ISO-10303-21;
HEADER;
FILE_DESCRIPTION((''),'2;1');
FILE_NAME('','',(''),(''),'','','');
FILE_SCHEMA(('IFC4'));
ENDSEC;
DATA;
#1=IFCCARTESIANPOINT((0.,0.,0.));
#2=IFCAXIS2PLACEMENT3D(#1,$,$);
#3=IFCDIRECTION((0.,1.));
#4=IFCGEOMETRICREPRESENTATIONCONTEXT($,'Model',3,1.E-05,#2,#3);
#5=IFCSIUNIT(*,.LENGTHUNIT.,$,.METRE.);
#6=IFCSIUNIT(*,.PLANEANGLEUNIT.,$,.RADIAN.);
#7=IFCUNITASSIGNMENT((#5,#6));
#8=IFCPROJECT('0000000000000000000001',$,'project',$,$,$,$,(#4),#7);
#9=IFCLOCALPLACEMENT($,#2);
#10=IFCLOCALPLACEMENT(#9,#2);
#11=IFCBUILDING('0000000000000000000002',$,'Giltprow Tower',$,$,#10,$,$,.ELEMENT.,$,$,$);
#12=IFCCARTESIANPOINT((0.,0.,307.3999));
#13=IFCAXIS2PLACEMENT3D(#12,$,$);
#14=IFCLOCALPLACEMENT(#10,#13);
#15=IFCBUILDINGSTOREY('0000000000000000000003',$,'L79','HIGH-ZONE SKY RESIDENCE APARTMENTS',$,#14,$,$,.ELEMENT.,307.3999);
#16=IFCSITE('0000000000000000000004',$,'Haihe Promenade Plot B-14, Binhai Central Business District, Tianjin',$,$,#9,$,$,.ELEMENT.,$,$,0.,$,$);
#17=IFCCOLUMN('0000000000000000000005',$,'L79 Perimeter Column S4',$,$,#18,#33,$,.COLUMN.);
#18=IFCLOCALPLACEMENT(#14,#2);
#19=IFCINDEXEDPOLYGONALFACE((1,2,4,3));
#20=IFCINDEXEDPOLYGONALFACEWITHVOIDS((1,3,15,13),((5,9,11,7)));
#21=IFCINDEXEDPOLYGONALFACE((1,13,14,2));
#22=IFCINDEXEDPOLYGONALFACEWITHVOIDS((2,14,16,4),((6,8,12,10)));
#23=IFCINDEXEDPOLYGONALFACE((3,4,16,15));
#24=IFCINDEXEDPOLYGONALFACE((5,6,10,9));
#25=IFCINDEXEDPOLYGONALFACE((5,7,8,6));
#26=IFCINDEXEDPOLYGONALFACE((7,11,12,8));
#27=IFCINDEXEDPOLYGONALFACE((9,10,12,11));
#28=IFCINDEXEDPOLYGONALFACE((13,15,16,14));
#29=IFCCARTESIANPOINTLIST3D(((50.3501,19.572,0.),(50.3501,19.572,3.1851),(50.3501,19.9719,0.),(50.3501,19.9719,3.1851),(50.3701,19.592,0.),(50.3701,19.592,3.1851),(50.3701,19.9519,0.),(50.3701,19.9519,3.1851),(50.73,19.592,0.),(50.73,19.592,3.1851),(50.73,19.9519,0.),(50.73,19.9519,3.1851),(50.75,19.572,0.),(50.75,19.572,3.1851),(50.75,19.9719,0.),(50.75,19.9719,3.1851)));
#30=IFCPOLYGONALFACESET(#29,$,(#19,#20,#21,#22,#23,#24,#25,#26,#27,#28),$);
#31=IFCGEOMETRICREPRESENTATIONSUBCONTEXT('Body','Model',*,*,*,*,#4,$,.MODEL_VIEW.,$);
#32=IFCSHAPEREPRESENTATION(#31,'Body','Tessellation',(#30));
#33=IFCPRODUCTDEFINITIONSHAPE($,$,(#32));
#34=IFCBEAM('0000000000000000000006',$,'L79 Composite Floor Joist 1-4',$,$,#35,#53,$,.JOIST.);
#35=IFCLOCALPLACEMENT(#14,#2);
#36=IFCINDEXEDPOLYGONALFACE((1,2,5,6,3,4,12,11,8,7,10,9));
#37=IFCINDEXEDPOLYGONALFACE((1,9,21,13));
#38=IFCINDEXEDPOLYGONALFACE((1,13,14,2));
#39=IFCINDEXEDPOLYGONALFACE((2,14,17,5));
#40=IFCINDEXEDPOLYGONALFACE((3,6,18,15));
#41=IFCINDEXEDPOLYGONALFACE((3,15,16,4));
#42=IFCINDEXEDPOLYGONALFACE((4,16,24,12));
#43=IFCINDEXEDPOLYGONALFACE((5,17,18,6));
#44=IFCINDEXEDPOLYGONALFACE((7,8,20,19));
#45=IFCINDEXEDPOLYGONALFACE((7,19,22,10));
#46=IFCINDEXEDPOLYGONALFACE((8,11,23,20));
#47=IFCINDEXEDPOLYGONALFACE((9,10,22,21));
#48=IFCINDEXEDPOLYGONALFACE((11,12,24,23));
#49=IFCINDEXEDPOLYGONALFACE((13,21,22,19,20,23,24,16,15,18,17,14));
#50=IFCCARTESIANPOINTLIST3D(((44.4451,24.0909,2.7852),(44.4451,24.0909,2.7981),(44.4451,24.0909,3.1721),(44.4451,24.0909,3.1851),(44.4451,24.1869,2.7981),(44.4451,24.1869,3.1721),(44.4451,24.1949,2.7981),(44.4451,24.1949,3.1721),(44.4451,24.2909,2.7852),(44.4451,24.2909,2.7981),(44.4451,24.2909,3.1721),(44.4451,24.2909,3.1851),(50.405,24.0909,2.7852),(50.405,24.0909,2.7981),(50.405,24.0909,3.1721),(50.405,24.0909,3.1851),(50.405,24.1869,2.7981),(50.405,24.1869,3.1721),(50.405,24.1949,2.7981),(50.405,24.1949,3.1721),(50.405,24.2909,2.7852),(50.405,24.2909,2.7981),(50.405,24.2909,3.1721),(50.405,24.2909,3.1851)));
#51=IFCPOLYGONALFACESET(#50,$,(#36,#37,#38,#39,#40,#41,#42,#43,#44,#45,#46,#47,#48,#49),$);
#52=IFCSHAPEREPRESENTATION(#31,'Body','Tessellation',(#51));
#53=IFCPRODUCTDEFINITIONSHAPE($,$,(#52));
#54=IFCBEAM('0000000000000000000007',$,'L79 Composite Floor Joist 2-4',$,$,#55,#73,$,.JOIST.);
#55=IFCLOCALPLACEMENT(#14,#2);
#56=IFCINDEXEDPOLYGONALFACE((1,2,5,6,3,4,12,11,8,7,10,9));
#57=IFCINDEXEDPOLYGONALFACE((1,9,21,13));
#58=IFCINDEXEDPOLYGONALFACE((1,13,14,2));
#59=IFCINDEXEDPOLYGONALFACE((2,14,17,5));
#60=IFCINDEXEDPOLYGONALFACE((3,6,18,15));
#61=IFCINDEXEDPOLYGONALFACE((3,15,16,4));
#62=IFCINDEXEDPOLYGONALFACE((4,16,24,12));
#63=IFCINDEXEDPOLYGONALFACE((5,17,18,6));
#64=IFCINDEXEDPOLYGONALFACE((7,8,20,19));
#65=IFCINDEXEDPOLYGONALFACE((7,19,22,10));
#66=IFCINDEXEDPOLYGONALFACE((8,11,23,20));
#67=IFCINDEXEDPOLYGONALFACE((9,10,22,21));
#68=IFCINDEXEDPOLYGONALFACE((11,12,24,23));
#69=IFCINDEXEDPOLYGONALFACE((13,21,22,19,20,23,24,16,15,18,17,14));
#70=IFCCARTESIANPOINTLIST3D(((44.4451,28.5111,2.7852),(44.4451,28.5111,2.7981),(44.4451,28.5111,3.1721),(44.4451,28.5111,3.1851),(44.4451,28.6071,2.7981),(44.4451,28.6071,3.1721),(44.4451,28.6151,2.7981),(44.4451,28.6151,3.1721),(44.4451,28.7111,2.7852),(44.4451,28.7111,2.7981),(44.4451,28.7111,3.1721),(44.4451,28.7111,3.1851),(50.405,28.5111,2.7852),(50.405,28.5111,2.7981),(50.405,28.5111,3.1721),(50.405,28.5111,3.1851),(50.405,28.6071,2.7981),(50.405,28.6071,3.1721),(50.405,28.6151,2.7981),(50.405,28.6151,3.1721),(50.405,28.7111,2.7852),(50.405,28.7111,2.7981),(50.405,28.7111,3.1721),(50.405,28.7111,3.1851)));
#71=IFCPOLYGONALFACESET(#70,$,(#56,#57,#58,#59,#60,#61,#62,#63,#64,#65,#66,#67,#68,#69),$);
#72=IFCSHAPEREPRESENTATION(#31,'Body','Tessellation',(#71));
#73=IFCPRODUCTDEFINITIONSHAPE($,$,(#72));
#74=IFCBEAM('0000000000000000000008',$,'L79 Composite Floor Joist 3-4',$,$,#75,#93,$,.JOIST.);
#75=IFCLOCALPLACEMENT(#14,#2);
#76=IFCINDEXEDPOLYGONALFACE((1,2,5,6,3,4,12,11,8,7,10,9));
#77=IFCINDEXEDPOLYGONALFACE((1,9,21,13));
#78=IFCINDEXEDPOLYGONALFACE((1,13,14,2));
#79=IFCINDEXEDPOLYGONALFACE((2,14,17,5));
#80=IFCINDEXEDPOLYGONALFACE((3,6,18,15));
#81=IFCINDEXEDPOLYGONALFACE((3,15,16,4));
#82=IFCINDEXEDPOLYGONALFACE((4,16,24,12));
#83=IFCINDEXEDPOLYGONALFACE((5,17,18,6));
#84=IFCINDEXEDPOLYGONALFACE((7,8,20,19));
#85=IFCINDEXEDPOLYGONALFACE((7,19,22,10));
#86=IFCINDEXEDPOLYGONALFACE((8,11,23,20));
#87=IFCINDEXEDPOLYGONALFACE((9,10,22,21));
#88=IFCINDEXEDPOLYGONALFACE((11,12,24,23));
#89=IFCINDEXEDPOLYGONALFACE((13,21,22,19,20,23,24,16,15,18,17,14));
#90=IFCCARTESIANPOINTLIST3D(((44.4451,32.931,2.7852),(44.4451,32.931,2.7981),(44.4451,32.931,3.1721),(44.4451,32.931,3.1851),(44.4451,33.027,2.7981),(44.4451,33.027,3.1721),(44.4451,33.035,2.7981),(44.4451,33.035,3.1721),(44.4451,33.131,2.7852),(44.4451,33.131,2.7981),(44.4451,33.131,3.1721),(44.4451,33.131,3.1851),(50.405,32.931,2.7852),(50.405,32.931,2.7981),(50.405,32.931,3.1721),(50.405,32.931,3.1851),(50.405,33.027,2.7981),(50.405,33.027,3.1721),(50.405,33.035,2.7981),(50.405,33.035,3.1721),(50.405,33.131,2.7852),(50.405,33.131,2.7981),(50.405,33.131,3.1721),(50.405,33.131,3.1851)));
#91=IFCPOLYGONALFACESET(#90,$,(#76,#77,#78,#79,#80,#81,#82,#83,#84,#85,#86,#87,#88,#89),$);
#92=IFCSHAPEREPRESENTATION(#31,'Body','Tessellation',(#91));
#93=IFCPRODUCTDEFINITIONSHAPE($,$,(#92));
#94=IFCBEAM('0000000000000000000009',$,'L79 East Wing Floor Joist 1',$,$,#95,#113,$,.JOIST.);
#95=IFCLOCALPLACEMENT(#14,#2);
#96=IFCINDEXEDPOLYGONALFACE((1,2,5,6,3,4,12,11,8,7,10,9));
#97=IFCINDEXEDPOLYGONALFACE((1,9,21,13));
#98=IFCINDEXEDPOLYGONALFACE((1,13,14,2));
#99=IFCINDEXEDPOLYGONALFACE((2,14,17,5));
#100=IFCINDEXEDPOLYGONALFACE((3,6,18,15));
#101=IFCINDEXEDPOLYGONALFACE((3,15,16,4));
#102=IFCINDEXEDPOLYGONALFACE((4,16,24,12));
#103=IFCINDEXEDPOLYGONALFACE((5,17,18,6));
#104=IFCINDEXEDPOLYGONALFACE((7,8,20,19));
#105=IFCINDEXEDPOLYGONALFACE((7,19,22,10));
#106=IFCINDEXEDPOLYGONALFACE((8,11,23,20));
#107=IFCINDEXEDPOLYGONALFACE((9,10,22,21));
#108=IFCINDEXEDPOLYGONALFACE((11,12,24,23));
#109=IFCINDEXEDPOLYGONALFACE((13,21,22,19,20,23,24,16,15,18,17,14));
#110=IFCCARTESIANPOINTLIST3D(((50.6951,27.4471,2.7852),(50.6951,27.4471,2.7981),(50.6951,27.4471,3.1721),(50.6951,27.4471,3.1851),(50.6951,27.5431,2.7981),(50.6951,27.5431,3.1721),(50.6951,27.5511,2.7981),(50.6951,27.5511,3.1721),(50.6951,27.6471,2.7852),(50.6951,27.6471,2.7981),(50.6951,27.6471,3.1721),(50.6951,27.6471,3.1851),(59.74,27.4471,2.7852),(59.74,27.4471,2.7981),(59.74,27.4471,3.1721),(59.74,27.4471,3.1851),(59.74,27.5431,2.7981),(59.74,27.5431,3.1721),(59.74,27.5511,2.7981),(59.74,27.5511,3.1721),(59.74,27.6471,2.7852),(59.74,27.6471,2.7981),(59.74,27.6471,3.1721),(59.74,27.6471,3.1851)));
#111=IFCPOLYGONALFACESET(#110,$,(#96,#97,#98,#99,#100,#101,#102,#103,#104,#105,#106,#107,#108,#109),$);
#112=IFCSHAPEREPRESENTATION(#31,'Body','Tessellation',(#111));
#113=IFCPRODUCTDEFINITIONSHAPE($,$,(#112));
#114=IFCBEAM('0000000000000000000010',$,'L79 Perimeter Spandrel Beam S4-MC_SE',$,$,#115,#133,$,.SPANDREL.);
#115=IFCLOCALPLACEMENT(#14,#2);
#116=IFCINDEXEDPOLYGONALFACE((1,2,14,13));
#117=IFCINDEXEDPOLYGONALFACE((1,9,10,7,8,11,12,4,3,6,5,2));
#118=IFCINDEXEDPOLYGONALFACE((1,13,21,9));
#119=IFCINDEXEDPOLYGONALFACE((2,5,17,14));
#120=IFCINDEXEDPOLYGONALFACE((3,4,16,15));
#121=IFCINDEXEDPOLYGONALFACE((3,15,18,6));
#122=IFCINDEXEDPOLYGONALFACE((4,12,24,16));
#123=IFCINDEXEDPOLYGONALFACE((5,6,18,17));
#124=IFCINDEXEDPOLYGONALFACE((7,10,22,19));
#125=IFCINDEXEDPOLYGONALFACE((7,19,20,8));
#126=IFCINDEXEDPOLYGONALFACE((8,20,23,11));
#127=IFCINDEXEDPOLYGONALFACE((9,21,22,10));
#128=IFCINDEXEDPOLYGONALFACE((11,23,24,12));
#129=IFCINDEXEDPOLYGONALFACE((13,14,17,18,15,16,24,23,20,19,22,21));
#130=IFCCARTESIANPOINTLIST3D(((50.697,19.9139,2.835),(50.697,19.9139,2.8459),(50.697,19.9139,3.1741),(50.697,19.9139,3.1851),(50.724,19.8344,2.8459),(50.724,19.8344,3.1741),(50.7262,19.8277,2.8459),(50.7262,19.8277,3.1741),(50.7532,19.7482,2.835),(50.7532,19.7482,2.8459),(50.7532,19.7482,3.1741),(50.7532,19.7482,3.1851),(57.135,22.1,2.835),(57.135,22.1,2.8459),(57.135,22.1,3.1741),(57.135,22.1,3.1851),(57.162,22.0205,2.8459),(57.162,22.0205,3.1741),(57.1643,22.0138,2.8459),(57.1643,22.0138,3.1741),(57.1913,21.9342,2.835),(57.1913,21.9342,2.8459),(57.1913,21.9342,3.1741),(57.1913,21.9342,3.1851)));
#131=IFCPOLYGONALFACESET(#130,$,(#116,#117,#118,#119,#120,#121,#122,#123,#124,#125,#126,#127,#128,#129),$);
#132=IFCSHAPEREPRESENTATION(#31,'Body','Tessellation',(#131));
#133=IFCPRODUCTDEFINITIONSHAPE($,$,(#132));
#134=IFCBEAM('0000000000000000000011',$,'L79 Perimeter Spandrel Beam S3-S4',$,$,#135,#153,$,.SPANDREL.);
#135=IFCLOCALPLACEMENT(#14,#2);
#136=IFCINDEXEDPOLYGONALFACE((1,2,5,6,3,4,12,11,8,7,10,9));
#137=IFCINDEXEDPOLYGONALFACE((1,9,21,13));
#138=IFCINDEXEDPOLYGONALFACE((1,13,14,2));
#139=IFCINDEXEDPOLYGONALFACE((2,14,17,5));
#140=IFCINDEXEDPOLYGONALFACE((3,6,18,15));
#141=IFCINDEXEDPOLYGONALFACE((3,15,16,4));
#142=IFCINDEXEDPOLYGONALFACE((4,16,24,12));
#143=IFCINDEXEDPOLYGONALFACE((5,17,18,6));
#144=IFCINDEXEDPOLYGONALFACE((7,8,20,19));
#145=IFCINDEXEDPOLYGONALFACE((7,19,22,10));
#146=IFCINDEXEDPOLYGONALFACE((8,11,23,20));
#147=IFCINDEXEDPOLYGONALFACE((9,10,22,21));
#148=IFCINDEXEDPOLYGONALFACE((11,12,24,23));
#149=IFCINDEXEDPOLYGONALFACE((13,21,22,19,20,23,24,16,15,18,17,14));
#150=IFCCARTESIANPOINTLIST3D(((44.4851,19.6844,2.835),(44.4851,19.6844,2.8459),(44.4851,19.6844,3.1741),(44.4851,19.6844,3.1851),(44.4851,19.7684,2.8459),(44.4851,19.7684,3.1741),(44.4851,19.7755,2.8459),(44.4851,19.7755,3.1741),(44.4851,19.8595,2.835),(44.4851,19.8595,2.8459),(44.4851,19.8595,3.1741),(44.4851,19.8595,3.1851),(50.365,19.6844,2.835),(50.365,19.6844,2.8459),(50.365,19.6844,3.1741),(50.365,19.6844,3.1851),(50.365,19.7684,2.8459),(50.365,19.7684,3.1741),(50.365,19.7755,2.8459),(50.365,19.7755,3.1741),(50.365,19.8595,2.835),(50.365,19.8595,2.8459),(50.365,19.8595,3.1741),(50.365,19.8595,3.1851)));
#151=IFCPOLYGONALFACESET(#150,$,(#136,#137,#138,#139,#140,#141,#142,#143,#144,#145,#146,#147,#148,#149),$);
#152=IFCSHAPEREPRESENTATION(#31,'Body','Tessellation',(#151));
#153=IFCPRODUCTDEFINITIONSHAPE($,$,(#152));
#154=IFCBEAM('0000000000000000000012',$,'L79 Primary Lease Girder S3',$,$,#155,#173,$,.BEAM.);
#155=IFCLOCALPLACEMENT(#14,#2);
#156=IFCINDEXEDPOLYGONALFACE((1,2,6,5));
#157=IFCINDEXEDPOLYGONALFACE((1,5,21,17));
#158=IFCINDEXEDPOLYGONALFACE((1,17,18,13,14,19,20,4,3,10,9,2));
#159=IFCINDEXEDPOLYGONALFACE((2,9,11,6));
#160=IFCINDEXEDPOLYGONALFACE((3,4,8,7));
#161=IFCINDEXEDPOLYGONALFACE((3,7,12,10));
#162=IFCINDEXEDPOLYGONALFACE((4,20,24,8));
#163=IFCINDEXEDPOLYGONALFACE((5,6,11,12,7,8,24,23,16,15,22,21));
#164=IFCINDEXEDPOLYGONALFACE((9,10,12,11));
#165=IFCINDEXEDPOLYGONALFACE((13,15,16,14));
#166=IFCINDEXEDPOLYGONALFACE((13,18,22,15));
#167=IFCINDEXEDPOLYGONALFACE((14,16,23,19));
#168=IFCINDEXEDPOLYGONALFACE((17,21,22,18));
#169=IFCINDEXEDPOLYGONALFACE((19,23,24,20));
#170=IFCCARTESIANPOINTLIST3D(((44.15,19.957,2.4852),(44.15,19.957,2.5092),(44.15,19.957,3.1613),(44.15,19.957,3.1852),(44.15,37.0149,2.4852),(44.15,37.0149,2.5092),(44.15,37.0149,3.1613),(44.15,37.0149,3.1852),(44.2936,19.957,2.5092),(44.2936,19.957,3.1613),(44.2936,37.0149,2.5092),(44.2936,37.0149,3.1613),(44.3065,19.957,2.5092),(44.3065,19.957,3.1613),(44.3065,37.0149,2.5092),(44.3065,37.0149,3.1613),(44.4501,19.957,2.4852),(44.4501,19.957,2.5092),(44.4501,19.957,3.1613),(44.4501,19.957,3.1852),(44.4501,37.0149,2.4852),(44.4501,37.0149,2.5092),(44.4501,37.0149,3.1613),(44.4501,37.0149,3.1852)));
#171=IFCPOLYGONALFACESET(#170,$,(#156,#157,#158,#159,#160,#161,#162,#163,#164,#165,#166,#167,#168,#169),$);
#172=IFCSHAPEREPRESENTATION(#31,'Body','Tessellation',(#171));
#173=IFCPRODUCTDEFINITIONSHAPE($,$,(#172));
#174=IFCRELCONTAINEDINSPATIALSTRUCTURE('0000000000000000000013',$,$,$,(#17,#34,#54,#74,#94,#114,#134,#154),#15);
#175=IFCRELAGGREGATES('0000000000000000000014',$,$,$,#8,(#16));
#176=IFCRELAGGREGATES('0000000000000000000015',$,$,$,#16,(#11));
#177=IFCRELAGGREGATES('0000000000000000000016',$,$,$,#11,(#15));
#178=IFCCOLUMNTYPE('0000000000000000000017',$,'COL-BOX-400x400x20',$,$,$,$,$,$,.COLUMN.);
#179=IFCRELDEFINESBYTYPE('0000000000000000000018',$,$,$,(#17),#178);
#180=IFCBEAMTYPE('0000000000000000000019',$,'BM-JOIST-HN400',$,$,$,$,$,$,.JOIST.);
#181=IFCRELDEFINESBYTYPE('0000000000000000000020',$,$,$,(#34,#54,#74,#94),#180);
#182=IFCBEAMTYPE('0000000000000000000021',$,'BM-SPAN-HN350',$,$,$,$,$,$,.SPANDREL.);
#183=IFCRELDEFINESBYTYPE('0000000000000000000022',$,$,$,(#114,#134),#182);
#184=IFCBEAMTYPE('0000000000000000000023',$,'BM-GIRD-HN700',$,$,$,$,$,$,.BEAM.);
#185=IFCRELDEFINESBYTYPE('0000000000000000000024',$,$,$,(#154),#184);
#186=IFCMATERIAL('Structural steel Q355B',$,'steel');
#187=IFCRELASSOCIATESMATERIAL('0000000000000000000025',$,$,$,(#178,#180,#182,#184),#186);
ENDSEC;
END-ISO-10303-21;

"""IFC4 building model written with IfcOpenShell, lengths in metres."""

from ifc_helpers import new_model, si_unit, direction, frame, origin, origin_2d, place, context, subcontext, project, spatial, hollow_rectangle, i_section, extrude, source, transform, mapped, material, material_profile, profile_set, type_object, element, save


model = new_model("IFC4")

# Units and contexts
model_context = context("Model", 3, precision=1e-05, world=origin(), true_north=direction((0.0, 1.0)))
body_context = subcontext(model_context, "Body", "Model", "MODEL_VIEW")
ifc_project = project(units=[si_unit("LENGTHUNIT", "METRE"), si_unit("PLANEANGLEUNIT", "RADIAN")], contexts=[model_context])

# Site, building, storey
site_placement = place(None, origin())
site = spatial("IfcSite", under=ifc_project, at=site_placement, Name="Haihe Promenade Plot B-14, Binhai Central Business District, Tianjin", CompositionType="ELEMENT", RefElevation=0.0)
building_placement = place(site_placement, origin())
building = spatial("IfcBuilding", under=site, at=building_placement, Name="Giltprow Tower", CompositionType="ELEMENT")
storey_placement = place(building_placement, frame((0.0, 0.0, 307.3999)))
storey = spatial("IfcBuildingStorey", under=building, at=storey_placement, Name="L79", Description="HIGH-ZONE SKY RESIDENCE APARTMENTS", CompositionType="ELEMENT", Elevation=307.3999)

# Column
ifc_material_1 = material(Name="Structural steel Q355B", Category="steel")
ifc_material_profile_1 = material_profile(ifc_material_1, hollow_rectangle(XDim=0.3999, YDim=0.3999, WallThickness=0.02, at=origin_2d()), Name="BOX 400x400x20")
ifc_profile_set_1 = profile_set([ifc_material_profile_1], Name="Structural steel Q355B")
column_type = type_object("IfcColumnType", Name="COL-BOX-400x400x20", PredefinedType="COLUMN", material=ifc_profile_set_1)
shared_shape_1 = source(origin(), body_context, "Body", "SweptSolid", [
    extrude(hollow_rectangle(XDim=0.3999, YDim=0.3999, WallThickness=0.02, at=origin_2d()), origin(), (0.0, 0.0, 1.0), 3.1851),
])
column_placement = place(storey_placement, frame((50.55, 19.772, 0.0), z_axis=(0.0, 0.0, 1.0), x_axis=(1.0, 0.0, 0.0)))
element("IfcColumn", 1, at=column_placement, inside=storey, type_object=column_type, Name="L79 Perimeter Column S4", PredefinedType="COLUMN", context=body_context, shape_type="MappedRepresentation", body=[
    mapped(shared_shape_1, transform((0.0, 0.0, 0.0), x_axis=(1.0, 0.0, 0.0), y_axis=(0.0, 1.0, 0.0), z_axis=(0.0, 0.0, 1.0), scale=1.0)),
])

# Beams
ifc_material_profile_2 = material_profile(ifc_material_1, i_section(OverallWidth=0.2, OverallDepth=0.3999, WebThickness=0.0081, FlangeThickness=0.0129, at=origin_2d()), Name="HN 400x200x8x13")
ifc_profile_set_2 = profile_set([ifc_material_profile_2], Name="Structural steel Q355B")
beam_type_1 = type_object("IfcBeamType", Name="BM-JOIST-HN400", PredefinedType="JOIST", material=ifc_profile_set_2)
shared_shape_2 = source(origin(), body_context, "Body", "SweptSolid", [
    extrude(i_section(OverallWidth=0.2, OverallDepth=0.3999, WebThickness=0.0081, FlangeThickness=0.0129, at=origin_2d()), origin(), (0.0, 0.0, 1.0), 5.96),
])
for number, where, z_axis, x_axis, name in (
    (2, (44.4451, 24.1909, 2.9851), (1.0, 0.0, 0.0), (0.0, 1.0, 0.0), "L79 Composite Floor Joist 1-4"),
    (3, (44.4451, 28.6111, 2.9851), (1.0, 0.0, 0.0), (0.0, 1.0, 0.0), "L79 Composite Floor Joist 2-4"),
    (4, (44.4451, 33.031, 2.9851), (1.0, 0.0, 0.0), (0.0, 1.0, 0.0), "L79 Composite Floor Joist 3-4"),
):
    element("IfcBeam", number, at=place(storey_placement, frame(where, z_axis=z_axis, x_axis=x_axis)), inside=storey, type_object=beam_type_1, Name=name, PredefinedType="JOIST", context=body_context, shape_type="MappedRepresentation", body=[
        mapped(shared_shape_2, transform((0.0, 0.0, 0.0), x_axis=(1.0, 0.0, 0.0), y_axis=(0.0, 1.0, 0.0), z_axis=(0.0, 0.0, 1.0), scale=1.0)),
    ])
shared_shape_3 = source(origin(), body_context, "Body", "SweptSolid", [
    extrude(i_section(OverallWidth=0.2, OverallDepth=0.3999, WebThickness=0.0081, FlangeThickness=0.0129, at=origin_2d()), origin(), (0.0, 0.0, 1.0), 9.0449),
])
beam_1_placement = place(storey_placement, frame((50.6951, 27.5471, 2.9851), z_axis=(1.0, 0.0, 0.0), x_axis=(0.0, 1.0, 0.0)))
element("IfcBeam", 5, at=beam_1_placement, inside=storey, type_object=beam_type_1, Name="L79 East Wing Floor Joist 1", PredefinedType="JOIST", context=body_context, shape_type="MappedRepresentation", body=[
    mapped(shared_shape_3, transform((0.0, 0.0, 0.0), x_axis=(1.0, 0.0, 0.0), y_axis=(0.0, 1.0, 0.0), z_axis=(0.0, 0.0, 1.0), scale=1.0)),
])
ifc_material_profile_3 = material_profile(ifc_material_1, i_section(OverallWidth=0.175, OverallDepth=0.3501, WebThickness=0.0071, FlangeThickness=0.011, at=origin_2d()), Name="HN 350x175x7x11")
ifc_profile_set_3 = profile_set([ifc_material_profile_3], Name="Structural steel Q355B")
beam_type_2 = type_object("IfcBeamType", Name="BM-SPAN-HN350", PredefinedType="SPANDREL", material=ifc_profile_set_3)
shared_shape_4 = source(origin(), body_context, "Body", "SweptSolid", [
    extrude(i_section(OverallWidth=0.175, OverallDepth=0.3501, WebThickness=0.0071, FlangeThickness=0.011, at=origin_2d()), origin(), (0.0, 0.0, 1.0), 6.7991),
])
beam_2_placement = place(storey_placement, frame((50.7251, 19.8311, 3.01), z_axis=(0.946902, 0.321523, 0.0), x_axis=(-0.321523, 0.946902, 0.0)))
element("IfcBeam", 6, at=beam_2_placement, inside=storey, type_object=beam_type_2, Name="L79 Perimeter Spandrel Beam S4-MC_SE", PredefinedType="SPANDREL", context=body_context, shape_type="MappedRepresentation", body=[
    mapped(shared_shape_4, transform((0.0, 0.0, 0.0), x_axis=(1.0, 0.0, 0.0), y_axis=(0.0, 1.0, 0.0), z_axis=(0.0, 0.0, 1.0), scale=1.0)),
])
shared_shape_5 = source(origin(), body_context, "Body", "SweptSolid", [
    extrude(i_section(OverallWidth=0.175, OverallDepth=0.3501, WebThickness=0.0071, FlangeThickness=0.011, at=origin_2d()), origin(), (0.0, 0.0, 1.0), 5.8799),
])
beam_3_placement = place(storey_placement, frame((44.4851, 19.772, 3.01), z_axis=(1.0, 0.0, 0.0), x_axis=(0.0, 1.0, 0.0)))
element("IfcBeam", 7, at=beam_3_placement, inside=storey, type_object=beam_type_2, Name="L79 Perimeter Spandrel Beam S3-S4", PredefinedType="SPANDREL", context=body_context, shape_type="MappedRepresentation", body=[
    mapped(shared_shape_5, transform((0.0, 0.0, 0.0), x_axis=(1.0, 0.0, 0.0), y_axis=(0.0, 1.0, 0.0), z_axis=(0.0, 0.0, 1.0), scale=1.0)),
])
ifc_material_profile_4 = material_profile(ifc_material_1, i_section(OverallWidth=0.3, OverallDepth=0.7, WebThickness=0.0129, FlangeThickness=0.0239, at=origin_2d()), Name="HN 700x300x13x24")
ifc_profile_set_4 = profile_set([ifc_material_profile_4], Name="Structural steel Q355B")
beam_type_3 = type_object("IfcBeamType", Name="BM-GIRD-HN700", PredefinedType="BEAM", material=ifc_profile_set_4)
shared_shape_6 = source(origin(), body_context, "Body", "SweptSolid", [
    extrude(i_section(OverallWidth=0.3, OverallDepth=0.7, WebThickness=0.0129, FlangeThickness=0.0239, at=origin_2d()), origin(), (0.0, 0.0, 1.0), 17.0579),
])
for number, where, z_axis, x_axis, name in (
    (8, (44.3, 19.957, 2.8352), (0.0, 1.0, 0.0), (-1.0, 0.0, 0.0), "L79 Primary Lease Girder S3"),
):
    element("IfcBeam", number, at=place(storey_placement, frame(where, z_axis=z_axis, x_axis=x_axis)), inside=storey, type_object=beam_type_3, Name=name, PredefinedType="BEAM", context=body_context, shape_type="MappedRepresentation", body=[
        mapped(shared_shape_6, transform((0.0, 0.0, 0.0), x_axis=(1.0, 0.0, 0.0), y_axis=(0.0, 1.0, 0.0), z_axis=(0.0, 0.0, 1.0), scale=1.0)),
    ])

save(model, "model.ifc")
